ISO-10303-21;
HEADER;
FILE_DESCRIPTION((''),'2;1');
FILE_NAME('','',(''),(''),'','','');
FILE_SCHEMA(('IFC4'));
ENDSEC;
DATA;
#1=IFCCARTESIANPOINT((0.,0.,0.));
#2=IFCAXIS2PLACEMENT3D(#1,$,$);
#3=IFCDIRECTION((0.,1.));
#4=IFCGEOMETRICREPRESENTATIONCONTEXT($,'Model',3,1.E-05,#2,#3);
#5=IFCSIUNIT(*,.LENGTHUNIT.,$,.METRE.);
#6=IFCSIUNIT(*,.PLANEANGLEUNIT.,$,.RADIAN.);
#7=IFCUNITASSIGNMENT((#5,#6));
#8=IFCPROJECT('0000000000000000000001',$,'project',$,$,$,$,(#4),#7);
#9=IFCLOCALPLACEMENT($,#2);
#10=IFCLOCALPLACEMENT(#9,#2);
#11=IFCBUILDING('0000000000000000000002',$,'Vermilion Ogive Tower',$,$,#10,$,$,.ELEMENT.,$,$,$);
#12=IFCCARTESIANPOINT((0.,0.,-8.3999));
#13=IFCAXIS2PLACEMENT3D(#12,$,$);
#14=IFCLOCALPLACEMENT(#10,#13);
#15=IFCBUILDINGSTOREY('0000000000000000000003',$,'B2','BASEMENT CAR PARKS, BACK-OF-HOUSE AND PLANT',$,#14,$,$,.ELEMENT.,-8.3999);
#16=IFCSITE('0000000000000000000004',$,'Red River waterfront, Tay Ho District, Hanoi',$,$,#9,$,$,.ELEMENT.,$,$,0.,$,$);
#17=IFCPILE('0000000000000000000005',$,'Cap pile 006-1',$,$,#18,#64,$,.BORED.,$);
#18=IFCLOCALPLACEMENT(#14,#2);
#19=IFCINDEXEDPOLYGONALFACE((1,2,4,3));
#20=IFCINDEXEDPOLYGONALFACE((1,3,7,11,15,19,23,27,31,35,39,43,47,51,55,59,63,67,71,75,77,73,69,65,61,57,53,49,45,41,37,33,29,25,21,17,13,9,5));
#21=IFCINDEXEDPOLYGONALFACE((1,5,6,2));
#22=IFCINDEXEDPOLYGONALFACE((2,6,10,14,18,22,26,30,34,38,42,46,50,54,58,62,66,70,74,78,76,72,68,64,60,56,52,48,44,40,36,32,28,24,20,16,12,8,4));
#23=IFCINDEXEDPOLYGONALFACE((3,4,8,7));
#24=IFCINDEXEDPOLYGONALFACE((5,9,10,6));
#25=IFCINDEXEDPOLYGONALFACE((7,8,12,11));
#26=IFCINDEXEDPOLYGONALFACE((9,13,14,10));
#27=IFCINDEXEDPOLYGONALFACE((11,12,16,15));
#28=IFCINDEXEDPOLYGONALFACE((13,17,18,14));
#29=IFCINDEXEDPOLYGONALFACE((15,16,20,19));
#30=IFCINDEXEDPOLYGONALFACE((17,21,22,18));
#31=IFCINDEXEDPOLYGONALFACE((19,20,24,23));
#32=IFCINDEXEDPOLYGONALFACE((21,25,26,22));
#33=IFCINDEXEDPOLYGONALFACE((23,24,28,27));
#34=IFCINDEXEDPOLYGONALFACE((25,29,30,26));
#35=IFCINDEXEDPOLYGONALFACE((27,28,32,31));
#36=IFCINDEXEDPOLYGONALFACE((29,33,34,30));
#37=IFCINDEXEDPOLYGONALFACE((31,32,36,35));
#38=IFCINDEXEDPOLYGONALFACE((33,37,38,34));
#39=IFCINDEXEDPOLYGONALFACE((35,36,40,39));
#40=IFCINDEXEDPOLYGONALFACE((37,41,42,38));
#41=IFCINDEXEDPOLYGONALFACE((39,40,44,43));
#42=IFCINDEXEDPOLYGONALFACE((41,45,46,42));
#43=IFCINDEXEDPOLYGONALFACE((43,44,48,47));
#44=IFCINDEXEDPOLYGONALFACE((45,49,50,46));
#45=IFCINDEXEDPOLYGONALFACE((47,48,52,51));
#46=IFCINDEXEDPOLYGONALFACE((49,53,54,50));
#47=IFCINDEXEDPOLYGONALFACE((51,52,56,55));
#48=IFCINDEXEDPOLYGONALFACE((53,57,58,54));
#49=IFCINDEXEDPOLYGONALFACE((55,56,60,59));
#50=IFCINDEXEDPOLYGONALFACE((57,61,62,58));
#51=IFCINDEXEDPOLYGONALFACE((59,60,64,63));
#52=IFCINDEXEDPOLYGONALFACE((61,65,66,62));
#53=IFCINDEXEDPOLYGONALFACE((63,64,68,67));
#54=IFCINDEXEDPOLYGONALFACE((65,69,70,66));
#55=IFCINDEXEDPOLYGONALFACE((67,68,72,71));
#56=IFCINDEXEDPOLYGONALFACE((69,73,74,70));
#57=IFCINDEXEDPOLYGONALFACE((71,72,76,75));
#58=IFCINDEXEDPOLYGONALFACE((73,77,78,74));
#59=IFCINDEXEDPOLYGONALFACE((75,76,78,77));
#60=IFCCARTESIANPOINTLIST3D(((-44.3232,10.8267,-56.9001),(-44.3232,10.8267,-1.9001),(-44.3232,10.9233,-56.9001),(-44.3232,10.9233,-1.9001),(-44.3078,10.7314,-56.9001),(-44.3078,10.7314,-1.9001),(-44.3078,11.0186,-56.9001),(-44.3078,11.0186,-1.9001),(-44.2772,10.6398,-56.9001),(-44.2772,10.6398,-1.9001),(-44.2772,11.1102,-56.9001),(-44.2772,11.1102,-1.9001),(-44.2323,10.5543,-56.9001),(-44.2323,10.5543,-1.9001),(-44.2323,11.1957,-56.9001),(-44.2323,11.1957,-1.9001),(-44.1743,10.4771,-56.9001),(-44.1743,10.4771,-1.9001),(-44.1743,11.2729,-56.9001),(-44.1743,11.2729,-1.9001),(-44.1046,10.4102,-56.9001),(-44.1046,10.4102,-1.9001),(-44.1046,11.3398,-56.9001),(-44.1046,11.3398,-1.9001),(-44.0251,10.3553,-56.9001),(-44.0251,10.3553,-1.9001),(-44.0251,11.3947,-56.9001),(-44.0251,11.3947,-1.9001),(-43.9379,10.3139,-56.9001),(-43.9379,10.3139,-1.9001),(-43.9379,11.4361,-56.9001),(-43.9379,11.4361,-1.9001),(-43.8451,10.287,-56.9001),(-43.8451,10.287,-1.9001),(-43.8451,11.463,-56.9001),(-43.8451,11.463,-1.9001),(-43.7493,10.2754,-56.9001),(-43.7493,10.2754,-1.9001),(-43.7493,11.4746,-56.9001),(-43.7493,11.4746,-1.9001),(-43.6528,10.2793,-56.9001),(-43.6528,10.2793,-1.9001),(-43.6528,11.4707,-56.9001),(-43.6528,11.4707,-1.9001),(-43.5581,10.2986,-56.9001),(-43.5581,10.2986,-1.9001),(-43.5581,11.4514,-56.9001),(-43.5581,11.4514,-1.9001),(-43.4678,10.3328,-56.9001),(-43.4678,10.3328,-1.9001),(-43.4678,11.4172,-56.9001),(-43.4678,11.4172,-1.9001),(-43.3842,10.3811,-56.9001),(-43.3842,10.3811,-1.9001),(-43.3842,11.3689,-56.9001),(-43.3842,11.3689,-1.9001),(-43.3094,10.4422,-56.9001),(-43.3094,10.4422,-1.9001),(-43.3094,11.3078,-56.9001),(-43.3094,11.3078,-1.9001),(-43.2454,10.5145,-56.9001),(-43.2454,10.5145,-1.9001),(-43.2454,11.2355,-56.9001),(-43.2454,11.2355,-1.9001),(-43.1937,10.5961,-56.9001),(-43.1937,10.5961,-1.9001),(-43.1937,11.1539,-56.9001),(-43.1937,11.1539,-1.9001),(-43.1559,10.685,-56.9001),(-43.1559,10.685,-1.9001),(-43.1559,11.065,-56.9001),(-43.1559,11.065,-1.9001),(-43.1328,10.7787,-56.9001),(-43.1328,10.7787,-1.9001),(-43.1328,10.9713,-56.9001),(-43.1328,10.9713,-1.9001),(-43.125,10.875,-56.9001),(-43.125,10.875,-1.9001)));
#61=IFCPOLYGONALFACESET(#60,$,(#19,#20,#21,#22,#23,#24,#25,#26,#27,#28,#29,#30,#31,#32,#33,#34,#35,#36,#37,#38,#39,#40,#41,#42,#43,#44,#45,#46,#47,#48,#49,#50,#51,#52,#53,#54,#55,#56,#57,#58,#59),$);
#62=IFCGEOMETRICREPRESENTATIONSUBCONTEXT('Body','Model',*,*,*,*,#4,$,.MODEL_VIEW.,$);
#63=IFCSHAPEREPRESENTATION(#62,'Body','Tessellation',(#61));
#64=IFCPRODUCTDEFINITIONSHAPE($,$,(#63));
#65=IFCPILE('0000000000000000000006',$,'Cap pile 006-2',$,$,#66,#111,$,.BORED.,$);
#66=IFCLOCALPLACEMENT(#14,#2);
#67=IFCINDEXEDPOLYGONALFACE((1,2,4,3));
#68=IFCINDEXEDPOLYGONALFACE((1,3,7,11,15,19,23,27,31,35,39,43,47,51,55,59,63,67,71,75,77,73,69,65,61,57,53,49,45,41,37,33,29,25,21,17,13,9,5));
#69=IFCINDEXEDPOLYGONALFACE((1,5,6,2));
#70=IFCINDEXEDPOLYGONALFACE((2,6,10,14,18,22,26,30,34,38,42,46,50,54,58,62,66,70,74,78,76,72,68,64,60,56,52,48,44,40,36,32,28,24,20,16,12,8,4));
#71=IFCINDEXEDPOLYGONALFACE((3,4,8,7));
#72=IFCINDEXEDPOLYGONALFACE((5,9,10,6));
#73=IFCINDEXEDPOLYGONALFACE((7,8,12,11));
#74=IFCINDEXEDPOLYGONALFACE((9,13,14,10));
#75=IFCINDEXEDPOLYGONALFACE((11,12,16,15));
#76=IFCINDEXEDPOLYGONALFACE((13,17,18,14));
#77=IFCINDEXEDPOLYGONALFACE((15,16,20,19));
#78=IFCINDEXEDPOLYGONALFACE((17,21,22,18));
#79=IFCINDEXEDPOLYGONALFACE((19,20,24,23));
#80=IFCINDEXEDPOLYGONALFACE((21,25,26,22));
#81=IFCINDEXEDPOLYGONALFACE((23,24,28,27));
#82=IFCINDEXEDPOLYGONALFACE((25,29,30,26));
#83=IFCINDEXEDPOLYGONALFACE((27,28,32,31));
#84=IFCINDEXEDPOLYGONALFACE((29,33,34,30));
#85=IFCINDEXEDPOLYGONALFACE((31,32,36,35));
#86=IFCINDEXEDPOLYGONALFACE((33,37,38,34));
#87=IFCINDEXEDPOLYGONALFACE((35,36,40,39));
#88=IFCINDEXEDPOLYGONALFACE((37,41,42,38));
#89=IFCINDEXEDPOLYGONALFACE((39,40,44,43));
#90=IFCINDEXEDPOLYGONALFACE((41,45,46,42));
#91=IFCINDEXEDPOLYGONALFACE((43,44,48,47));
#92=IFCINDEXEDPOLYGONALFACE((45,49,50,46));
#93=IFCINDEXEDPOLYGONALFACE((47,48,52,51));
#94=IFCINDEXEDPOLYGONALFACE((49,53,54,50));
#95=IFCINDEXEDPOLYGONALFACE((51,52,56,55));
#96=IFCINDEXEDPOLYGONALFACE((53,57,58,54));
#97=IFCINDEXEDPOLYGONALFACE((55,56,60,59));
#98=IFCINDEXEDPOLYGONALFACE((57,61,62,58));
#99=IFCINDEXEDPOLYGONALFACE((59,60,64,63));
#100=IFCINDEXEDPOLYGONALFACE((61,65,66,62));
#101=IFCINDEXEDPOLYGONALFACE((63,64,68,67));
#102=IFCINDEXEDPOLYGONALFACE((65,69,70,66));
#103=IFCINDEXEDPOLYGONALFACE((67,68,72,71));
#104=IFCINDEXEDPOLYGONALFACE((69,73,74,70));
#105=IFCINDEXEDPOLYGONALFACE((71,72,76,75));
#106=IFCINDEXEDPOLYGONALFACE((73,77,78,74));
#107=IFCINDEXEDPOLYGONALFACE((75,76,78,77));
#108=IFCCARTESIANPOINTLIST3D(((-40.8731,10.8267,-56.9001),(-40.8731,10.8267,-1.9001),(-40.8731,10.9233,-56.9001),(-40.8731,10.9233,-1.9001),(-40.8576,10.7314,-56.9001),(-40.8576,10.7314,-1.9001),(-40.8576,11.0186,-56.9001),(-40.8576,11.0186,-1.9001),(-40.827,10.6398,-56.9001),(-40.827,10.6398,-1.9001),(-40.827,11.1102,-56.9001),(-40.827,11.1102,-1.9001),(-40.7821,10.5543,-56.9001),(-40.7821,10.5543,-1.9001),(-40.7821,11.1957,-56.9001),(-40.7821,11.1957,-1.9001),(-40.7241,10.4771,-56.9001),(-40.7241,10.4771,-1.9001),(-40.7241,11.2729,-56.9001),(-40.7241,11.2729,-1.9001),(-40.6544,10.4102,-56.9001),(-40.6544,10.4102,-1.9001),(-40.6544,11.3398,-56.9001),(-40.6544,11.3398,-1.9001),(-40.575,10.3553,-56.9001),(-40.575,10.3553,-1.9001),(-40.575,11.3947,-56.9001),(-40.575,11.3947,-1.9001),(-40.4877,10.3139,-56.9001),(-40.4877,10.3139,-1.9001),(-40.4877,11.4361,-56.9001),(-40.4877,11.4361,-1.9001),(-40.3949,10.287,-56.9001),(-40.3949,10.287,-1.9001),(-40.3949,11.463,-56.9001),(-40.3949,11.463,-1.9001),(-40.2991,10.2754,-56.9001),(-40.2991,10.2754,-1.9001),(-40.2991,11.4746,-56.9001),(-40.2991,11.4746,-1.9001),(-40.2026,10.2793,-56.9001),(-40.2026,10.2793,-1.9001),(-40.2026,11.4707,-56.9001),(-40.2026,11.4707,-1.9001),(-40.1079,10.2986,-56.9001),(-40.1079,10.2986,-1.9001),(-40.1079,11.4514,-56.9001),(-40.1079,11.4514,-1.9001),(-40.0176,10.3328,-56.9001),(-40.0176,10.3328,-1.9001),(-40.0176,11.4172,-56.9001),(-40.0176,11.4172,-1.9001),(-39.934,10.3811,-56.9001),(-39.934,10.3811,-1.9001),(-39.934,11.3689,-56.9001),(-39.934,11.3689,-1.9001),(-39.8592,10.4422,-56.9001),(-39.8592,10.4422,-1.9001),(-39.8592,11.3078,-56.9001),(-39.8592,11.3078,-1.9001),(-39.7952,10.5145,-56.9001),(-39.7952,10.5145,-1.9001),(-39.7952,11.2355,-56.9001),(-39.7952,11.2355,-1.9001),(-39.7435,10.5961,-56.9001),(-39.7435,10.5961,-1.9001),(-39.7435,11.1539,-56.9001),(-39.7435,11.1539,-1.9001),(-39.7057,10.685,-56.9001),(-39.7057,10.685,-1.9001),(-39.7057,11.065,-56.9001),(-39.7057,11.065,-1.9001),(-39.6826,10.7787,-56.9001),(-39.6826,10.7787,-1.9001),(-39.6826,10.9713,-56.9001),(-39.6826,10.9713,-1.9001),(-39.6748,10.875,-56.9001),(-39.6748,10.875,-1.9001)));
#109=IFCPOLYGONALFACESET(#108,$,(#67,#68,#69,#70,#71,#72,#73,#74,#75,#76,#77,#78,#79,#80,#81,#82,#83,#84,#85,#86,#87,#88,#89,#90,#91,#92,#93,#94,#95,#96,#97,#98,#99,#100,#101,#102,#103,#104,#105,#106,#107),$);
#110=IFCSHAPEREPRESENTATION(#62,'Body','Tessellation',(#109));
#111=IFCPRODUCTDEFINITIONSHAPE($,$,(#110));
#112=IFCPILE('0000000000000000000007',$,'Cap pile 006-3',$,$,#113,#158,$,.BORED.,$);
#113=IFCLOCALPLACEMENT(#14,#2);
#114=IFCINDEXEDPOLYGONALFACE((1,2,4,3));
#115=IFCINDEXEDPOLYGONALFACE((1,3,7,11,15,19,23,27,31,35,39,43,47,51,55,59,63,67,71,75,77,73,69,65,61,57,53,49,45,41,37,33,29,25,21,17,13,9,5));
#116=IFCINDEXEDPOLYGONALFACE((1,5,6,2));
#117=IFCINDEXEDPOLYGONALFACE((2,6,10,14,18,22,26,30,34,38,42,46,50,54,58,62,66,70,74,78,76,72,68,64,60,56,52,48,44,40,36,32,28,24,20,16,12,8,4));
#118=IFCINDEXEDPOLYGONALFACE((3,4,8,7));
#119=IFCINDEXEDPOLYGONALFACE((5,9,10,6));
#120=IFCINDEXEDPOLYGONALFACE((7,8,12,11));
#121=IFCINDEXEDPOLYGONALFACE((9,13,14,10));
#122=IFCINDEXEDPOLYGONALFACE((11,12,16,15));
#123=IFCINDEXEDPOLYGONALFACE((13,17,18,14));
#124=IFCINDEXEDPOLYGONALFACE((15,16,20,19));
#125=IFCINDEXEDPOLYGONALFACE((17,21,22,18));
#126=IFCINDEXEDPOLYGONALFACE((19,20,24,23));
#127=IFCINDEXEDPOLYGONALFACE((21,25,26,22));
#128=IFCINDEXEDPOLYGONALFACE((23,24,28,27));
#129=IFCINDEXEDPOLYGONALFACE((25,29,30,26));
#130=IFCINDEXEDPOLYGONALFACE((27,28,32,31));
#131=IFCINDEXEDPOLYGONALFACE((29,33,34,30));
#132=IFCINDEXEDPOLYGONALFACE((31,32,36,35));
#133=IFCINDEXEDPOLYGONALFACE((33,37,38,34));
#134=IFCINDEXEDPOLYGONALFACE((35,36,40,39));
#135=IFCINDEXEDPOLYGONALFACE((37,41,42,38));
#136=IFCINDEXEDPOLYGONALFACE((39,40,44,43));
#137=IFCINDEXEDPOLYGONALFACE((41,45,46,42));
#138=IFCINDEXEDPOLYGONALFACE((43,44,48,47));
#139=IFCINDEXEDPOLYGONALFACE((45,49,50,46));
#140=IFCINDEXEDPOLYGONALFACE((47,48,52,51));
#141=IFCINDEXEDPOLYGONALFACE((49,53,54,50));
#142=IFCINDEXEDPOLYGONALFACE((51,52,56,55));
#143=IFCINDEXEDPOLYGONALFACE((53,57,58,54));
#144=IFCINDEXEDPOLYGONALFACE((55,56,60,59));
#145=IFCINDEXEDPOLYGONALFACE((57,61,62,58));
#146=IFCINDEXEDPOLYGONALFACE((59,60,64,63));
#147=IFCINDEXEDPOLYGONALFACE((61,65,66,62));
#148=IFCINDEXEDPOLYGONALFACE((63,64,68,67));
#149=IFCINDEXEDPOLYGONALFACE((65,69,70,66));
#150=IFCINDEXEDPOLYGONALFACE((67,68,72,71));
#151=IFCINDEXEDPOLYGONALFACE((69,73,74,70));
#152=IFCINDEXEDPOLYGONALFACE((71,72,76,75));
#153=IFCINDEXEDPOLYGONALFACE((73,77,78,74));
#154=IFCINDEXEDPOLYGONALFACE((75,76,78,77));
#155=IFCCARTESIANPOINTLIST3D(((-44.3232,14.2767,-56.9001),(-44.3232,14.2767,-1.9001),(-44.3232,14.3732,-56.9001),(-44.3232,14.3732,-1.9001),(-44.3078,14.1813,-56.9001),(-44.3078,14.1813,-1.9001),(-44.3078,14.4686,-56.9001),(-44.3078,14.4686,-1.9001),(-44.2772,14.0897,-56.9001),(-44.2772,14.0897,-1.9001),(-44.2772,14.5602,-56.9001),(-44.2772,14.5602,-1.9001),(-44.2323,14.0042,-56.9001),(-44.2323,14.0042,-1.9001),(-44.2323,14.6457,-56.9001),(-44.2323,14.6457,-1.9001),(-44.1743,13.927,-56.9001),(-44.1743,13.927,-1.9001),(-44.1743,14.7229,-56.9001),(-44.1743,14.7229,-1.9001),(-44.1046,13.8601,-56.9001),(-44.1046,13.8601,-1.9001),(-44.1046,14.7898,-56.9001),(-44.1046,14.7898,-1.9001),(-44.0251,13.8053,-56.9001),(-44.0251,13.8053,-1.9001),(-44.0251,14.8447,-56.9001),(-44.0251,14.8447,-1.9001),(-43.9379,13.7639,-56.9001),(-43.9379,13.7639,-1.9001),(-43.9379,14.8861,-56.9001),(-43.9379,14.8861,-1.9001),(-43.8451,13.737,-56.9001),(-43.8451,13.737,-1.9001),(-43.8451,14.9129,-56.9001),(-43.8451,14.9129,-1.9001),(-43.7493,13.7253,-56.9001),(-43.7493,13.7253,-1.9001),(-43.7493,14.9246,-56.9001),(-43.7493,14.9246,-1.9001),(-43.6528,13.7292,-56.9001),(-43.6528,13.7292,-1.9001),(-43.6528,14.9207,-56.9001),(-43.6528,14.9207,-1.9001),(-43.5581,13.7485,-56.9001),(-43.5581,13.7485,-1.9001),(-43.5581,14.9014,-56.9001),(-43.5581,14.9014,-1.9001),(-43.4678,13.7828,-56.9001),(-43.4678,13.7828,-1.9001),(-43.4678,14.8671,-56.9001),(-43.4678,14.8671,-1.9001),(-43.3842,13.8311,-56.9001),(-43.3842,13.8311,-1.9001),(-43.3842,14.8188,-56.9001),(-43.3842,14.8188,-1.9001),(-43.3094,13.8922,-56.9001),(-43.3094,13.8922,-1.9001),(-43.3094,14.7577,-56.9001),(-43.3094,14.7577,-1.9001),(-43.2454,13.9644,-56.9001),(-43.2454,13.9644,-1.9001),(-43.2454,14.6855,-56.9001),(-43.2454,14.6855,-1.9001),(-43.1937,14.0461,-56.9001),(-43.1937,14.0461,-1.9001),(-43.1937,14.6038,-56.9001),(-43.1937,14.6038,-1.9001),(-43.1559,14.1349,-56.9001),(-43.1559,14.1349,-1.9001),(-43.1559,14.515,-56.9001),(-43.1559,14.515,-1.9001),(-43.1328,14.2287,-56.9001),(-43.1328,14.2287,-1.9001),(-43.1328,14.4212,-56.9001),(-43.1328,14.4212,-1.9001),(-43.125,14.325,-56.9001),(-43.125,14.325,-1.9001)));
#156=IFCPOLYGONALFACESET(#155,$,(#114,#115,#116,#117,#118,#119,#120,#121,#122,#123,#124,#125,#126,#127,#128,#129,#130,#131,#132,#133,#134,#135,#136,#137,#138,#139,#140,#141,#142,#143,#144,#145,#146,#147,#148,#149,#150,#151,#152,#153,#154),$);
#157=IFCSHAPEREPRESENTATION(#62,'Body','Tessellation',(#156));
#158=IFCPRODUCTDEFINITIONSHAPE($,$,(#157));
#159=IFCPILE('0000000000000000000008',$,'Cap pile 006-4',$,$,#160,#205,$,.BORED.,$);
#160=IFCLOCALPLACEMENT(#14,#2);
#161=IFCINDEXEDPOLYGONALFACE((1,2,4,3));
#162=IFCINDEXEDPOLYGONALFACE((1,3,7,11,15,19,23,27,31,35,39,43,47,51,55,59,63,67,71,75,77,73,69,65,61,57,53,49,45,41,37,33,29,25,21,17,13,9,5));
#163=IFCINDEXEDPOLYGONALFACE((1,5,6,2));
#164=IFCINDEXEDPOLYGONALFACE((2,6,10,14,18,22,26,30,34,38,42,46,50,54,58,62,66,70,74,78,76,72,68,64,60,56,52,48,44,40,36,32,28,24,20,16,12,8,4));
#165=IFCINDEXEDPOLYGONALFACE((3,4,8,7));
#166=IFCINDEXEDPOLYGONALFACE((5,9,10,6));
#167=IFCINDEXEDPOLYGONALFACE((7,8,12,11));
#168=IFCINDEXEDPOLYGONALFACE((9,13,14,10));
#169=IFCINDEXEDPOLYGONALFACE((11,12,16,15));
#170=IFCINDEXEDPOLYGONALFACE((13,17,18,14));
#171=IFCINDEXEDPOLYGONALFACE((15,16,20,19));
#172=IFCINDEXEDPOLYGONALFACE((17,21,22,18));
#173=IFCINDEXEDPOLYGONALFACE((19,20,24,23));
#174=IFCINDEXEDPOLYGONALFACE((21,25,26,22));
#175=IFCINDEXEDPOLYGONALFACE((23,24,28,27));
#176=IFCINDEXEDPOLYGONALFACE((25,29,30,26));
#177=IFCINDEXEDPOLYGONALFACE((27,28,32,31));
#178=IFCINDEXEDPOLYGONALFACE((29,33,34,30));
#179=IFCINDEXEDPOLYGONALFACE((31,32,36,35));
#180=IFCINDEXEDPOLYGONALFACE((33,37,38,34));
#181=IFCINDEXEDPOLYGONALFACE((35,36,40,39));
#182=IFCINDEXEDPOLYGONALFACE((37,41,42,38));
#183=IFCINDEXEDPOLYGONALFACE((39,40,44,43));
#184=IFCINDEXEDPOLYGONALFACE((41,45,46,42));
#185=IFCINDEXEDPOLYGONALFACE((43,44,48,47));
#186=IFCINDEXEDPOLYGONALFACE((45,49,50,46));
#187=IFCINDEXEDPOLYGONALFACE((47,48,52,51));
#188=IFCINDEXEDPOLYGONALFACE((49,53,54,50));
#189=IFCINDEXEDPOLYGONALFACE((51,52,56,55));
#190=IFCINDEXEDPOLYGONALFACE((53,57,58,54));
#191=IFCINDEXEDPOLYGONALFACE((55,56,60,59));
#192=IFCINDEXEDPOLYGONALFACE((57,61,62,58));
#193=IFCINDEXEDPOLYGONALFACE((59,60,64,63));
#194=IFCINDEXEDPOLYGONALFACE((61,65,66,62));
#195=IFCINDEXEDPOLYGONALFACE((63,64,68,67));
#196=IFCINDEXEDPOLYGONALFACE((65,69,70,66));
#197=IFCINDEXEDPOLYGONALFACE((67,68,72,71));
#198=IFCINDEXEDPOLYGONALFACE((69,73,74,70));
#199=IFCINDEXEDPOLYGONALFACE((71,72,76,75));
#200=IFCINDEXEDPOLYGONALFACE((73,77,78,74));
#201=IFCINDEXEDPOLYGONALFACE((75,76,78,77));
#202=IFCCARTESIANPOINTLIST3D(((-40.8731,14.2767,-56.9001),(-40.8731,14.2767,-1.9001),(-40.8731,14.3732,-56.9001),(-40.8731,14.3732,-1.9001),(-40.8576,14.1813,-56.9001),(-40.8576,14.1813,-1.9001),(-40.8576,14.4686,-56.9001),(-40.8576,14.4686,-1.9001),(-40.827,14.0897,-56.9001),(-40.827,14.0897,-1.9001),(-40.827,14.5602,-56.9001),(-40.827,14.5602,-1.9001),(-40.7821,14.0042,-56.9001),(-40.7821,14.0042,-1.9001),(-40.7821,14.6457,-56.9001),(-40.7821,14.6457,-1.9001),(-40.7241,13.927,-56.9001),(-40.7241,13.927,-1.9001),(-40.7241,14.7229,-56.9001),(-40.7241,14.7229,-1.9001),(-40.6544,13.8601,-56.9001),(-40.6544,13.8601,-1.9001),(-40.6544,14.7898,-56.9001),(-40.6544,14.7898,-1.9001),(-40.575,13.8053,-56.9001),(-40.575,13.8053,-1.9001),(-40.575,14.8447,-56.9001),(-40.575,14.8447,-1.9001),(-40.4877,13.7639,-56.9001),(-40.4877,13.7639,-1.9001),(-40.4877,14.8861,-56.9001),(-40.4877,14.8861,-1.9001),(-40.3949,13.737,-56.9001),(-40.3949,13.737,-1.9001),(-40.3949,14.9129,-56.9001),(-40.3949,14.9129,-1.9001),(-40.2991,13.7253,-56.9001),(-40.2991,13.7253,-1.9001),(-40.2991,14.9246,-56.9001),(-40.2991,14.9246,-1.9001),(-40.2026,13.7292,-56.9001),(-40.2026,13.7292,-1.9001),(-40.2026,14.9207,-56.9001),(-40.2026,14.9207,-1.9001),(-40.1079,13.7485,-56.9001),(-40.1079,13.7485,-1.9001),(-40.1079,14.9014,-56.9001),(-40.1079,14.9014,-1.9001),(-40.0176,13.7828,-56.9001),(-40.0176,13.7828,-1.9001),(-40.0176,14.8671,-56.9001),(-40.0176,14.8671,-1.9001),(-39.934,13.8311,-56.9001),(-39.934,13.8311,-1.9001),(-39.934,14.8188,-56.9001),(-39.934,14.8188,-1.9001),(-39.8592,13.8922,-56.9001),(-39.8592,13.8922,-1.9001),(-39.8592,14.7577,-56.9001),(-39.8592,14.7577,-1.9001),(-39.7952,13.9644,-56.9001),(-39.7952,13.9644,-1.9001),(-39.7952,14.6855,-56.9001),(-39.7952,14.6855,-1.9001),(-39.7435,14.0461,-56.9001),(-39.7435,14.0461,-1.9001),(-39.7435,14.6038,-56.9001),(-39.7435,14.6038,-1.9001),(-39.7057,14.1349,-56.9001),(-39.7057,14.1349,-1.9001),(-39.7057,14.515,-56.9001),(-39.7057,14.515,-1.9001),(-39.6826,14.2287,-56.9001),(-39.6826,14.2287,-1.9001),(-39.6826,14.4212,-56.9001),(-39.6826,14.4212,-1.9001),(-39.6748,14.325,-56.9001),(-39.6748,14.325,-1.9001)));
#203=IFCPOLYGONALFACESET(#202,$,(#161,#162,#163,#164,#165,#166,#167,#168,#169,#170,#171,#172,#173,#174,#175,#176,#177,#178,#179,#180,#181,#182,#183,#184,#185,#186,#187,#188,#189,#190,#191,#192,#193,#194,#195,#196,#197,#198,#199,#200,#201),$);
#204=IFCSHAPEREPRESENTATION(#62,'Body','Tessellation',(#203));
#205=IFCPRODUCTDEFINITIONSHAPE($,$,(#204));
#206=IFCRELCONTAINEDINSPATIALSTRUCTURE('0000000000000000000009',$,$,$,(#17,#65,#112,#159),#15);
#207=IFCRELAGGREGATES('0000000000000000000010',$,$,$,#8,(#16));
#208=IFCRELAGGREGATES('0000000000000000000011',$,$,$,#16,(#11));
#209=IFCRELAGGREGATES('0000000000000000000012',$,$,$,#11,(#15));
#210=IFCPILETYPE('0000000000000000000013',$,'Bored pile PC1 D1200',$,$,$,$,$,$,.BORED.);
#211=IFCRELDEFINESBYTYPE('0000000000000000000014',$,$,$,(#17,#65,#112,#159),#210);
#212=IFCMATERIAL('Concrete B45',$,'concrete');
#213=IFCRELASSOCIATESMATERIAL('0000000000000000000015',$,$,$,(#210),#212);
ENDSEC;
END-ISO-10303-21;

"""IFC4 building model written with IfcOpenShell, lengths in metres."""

from ifc_helpers import new_model, si_unit, direction, frame, origin, origin_2d, place, context, subcontext, project, spatial, circle, extrude, material, type_object, element, save


model = new_model("IFC4")

# Units and contexts
model_context = context("Model", 3, precision=1e-05, world=origin(), true_north=direction((0.0, 1.0)))
body_context = subcontext(model_context, "Body", "Model", "MODEL_VIEW")
ifc_project = project(units=[si_unit("LENGTHUNIT", "METRE"), si_unit("PLANEANGLEUNIT", "RADIAN")], contexts=[model_context])

# Site, building, storey
site_placement = place(None, origin())
site = spatial("IfcSite", under=ifc_project, at=site_placement, Name="Red River waterfront, Tay Ho District, Hanoi", CompositionType="ELEMENT", RefElevation=0.0)
building_placement = place(site_placement, origin())
building = spatial("IfcBuilding", under=site, at=building_placement, Name="Vermilion Ogive Tower", CompositionType="ELEMENT")
storey_placement = place(building_placement, frame((0.0, 0.0, -8.3999)))
storey = spatial("IfcBuildingStorey", under=building, at=storey_placement, Name="B2", Description="BASEMENT CAR PARKS, BACK-OF-HOUSE AND PLANT", CompositionType="ELEMENT", Elevation=-8.3999)

# Piles
ifc_material_1 = material(Name="Concrete B45", Category="concrete")
pile_type_1 = type_object("IfcPileType", Name="Bored pile PC1 D1200", PredefinedType="BORED", material=ifc_material_1)
for number, where, z_axis, x_axis, name in (
    (1, (-43.7251, 10.875, -1.9001), (0.0, 0.0, -1.0), (1.0, 0.0, 0.0), "Cap pile 006-1"),
    (2, (-40.2749, 10.875, -1.9001), (0.0, 0.0, -1.0), (1.0, 0.0, 0.0), "Cap pile 006-2"),
    (3, (-43.7251, 14.325, -1.9001), (0.0, 0.0, -1.0), (1.0, 0.0, 0.0), "Cap pile 006-3"),
    (4, (-40.2749, 14.325, -1.9001), (0.0, 0.0, -1.0), (1.0, 0.0, 0.0), "Cap pile 006-4"),
):
    element("IfcPile", number, at=place(storey_placement, frame(where, z_axis=z_axis, x_axis=x_axis)), inside=storey, type_object=pile_type_1, Name=name, PredefinedType="BORED", context=body_context, shape_type="SweptSolid", body=[
        extrude(circle(Radius=0.6001, at=origin_2d()), origin(), (0.0, 0.0, 1.0), 55.0),
    ])

save(model, "model.ifc")
